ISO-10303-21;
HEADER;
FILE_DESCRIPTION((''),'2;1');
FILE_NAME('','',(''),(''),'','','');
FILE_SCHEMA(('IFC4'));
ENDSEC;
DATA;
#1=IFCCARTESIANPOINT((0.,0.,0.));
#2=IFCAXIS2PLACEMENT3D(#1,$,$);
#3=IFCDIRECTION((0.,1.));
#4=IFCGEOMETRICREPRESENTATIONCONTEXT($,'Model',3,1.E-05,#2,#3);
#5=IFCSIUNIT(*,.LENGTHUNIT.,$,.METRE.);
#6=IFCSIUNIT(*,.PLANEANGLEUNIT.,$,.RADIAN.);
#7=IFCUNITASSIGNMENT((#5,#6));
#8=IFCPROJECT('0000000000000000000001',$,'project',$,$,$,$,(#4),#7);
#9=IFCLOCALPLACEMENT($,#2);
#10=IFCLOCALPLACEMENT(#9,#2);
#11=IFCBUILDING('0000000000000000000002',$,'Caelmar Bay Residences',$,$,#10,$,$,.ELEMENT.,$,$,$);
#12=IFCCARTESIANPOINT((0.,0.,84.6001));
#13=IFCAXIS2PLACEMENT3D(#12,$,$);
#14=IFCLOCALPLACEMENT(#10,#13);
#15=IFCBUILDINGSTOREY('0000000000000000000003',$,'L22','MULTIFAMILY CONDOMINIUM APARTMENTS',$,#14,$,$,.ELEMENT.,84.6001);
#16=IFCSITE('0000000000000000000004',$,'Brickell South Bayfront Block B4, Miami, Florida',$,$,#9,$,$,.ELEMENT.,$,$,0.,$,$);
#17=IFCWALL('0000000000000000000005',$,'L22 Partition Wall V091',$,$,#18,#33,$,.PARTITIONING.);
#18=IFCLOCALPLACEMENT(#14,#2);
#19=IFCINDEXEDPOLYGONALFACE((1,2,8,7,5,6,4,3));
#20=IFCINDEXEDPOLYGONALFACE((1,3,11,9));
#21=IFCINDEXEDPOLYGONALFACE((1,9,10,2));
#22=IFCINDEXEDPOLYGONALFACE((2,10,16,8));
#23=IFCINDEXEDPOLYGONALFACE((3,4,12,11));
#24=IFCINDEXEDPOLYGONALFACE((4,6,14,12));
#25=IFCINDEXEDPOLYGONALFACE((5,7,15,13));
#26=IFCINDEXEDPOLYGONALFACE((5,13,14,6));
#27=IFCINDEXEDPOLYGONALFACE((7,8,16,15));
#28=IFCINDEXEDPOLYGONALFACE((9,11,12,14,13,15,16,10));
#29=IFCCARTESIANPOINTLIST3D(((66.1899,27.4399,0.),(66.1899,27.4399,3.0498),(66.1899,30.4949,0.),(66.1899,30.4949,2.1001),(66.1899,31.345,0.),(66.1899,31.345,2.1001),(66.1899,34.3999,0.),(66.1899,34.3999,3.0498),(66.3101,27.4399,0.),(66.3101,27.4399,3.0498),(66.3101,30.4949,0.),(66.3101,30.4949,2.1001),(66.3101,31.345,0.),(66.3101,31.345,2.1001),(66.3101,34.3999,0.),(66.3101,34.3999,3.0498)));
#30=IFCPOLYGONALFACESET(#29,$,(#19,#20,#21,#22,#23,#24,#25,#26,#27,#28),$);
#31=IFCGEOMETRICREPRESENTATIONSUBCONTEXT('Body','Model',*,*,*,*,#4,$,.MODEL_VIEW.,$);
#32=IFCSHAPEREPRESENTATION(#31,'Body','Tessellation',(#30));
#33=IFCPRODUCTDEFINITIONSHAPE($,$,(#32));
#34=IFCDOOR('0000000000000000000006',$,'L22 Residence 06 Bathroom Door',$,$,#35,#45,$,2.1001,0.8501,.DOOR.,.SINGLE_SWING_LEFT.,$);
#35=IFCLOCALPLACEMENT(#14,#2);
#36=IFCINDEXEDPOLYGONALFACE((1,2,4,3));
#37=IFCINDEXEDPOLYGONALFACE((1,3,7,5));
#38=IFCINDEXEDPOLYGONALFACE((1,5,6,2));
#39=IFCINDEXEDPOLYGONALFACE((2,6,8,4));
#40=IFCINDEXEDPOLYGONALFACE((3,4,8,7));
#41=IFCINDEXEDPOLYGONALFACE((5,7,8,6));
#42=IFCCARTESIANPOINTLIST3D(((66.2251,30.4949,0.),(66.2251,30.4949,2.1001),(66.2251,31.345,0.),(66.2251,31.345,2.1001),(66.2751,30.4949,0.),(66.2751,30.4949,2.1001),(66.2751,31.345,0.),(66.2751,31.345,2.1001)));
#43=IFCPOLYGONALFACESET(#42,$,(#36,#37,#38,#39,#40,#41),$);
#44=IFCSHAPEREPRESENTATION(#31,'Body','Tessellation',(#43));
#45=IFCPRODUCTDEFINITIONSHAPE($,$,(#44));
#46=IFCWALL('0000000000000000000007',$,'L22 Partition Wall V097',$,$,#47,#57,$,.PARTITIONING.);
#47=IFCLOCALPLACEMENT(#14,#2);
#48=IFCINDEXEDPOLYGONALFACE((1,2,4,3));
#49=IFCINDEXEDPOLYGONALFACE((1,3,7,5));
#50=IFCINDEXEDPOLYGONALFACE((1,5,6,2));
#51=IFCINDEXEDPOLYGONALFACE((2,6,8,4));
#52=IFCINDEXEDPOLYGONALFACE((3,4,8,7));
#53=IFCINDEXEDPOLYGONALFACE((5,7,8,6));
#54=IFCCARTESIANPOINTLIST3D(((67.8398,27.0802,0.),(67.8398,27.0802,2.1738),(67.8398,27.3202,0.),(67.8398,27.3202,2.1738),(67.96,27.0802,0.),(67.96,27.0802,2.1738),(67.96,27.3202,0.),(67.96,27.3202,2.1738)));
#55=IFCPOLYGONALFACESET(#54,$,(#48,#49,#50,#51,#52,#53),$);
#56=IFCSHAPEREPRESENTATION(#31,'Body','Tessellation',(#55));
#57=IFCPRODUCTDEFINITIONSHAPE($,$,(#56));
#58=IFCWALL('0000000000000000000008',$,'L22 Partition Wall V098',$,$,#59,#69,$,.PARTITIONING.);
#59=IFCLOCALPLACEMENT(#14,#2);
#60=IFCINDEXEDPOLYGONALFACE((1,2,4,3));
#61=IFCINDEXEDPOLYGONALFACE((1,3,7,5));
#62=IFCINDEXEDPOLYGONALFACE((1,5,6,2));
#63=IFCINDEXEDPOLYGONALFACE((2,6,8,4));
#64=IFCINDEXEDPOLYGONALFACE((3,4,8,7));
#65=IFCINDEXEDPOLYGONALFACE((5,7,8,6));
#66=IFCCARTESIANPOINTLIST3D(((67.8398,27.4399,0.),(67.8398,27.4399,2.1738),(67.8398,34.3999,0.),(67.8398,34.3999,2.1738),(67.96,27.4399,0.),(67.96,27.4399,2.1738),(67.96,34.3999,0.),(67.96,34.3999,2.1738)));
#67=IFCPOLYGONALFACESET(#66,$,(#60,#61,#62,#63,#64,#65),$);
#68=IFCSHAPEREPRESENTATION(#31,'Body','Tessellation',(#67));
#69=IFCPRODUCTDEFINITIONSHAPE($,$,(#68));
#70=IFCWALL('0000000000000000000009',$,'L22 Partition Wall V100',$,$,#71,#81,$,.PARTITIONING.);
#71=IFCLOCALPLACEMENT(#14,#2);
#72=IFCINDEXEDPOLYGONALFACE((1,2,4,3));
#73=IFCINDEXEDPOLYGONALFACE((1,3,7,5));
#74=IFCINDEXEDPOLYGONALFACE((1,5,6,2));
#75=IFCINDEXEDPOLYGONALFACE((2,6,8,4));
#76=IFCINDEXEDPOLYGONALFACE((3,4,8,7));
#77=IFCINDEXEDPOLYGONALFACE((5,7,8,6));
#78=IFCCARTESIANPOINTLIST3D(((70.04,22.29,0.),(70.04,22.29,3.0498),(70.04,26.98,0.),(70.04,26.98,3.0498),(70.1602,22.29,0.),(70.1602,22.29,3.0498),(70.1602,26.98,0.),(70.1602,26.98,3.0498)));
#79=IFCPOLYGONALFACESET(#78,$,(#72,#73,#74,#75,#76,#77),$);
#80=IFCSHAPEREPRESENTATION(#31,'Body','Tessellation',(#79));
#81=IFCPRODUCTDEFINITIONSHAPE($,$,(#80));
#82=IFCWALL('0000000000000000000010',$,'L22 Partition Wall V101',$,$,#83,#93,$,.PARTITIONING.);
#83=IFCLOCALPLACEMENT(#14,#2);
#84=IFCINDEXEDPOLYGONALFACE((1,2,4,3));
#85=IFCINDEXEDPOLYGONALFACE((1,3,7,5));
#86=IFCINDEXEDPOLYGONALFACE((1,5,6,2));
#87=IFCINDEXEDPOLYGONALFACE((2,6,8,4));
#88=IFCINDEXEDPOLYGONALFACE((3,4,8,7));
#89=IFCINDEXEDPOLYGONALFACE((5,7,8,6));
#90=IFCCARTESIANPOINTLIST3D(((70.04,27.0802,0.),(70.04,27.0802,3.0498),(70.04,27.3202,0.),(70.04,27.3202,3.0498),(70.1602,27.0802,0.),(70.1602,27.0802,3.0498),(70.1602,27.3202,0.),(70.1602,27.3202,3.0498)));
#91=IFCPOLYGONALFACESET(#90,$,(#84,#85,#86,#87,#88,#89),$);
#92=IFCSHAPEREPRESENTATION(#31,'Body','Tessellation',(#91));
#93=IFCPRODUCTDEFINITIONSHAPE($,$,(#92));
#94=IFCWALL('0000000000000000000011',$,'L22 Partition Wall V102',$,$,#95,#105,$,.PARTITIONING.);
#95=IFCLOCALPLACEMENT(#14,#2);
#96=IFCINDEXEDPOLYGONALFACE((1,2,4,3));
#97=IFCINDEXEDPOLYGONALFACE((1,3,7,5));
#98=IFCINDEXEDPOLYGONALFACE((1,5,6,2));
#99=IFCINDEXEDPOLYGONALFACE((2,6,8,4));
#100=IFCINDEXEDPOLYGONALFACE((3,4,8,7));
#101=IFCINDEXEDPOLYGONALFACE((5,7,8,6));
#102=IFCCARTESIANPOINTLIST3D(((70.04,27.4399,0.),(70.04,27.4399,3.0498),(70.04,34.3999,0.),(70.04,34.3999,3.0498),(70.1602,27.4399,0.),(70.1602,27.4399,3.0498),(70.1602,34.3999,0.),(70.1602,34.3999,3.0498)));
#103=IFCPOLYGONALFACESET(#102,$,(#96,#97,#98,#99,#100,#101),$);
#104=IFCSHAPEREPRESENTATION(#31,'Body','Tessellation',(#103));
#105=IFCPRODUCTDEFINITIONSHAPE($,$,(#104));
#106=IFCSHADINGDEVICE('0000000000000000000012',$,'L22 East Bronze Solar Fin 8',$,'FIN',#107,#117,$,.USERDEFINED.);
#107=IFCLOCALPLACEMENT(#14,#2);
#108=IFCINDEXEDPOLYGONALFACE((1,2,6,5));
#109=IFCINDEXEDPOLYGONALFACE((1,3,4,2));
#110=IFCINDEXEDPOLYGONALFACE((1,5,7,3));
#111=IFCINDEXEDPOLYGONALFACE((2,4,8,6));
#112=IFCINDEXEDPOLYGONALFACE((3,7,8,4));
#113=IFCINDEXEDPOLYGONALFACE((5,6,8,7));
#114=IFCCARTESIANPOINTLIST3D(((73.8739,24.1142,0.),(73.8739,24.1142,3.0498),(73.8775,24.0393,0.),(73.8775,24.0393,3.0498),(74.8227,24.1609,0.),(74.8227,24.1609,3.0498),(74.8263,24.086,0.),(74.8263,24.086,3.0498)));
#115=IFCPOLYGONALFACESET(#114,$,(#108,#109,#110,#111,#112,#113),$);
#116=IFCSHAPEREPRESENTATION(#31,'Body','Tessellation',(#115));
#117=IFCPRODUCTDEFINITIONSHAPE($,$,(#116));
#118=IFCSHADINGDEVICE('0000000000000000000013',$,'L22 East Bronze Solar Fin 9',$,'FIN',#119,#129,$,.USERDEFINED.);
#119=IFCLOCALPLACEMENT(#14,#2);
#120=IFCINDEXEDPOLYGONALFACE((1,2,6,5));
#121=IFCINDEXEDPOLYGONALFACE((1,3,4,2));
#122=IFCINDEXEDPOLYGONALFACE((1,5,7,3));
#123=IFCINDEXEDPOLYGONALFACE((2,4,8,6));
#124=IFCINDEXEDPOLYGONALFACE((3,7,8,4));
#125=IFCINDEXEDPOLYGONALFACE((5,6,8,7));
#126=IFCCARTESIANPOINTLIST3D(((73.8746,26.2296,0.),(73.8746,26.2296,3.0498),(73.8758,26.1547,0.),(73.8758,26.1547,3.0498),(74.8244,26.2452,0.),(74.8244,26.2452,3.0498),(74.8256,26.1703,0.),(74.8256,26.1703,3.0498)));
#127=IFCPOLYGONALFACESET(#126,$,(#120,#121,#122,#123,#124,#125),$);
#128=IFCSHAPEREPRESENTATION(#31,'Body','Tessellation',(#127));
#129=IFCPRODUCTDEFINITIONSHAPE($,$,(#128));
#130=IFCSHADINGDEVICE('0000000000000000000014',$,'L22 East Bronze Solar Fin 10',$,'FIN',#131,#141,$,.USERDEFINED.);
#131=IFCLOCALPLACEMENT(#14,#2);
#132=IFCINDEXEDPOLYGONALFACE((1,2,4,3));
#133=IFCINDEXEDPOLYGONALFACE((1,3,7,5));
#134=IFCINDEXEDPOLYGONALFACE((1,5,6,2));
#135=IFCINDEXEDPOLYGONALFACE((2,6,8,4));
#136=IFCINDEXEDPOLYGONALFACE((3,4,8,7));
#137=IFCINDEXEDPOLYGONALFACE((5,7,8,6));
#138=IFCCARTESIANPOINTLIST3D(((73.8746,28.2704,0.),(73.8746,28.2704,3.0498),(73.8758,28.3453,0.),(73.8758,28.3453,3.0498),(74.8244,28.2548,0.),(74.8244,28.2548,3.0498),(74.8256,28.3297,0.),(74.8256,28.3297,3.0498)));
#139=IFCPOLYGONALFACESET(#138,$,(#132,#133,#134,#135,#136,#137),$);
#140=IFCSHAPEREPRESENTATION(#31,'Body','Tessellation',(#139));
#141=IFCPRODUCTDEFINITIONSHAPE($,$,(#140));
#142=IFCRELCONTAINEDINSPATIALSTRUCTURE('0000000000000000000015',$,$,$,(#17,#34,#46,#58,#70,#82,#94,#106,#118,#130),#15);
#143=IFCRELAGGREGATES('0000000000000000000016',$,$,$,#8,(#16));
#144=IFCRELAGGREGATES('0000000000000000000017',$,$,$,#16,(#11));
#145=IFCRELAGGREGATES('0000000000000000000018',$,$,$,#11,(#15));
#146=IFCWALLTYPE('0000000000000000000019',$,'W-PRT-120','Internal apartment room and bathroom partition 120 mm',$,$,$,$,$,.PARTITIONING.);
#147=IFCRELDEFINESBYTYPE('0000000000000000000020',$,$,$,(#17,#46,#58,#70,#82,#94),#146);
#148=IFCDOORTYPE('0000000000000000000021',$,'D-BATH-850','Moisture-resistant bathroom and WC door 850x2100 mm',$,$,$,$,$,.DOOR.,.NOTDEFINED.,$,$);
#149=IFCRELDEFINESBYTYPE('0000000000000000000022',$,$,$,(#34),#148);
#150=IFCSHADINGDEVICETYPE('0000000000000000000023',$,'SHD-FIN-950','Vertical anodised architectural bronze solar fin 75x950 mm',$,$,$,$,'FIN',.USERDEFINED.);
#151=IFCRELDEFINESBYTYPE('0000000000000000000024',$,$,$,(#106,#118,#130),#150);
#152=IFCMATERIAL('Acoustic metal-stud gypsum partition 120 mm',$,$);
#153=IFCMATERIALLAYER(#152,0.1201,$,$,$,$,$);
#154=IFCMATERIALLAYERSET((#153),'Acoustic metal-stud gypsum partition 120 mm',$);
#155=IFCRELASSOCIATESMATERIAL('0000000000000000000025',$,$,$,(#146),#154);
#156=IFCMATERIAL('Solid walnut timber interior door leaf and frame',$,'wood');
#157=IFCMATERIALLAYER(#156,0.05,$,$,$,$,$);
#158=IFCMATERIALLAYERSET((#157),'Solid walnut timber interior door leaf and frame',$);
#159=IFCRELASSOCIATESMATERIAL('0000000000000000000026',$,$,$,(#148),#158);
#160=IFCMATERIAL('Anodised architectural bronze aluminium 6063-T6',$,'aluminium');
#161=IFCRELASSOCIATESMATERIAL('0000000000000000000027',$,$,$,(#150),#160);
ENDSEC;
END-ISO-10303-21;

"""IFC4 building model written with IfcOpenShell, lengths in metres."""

from ifc_helpers import new_model, si_unit, direction, frame, frame_2d, origin, origin_2d, place, context, subcontext, project, spatial, rectangle, extrude, material, layer, layer_set, material_profile, profile_set, type_object, element, fill, save


model = new_model("IFC4")

# Units and contexts
model_context = context("Model", 3, precision=1e-05, world=origin(), true_north=direction((0.0, 1.0)))
body_context = subcontext(model_context, "Body", "Model", "MODEL_VIEW")
ifc_project = project(units=[si_unit("LENGTHUNIT", "METRE"), si_unit("PLANEANGLEUNIT", "RADIAN")], contexts=[model_context])

# Site, building, storey
site_placement = place(None, origin())
site = spatial("IfcSite", under=ifc_project, at=site_placement, Name="Brickell South Bayfront Block B4, Miami, Florida", CompositionType="ELEMENT", RefElevation=0.0)
building_placement = place(site_placement, origin())
building = spatial("IfcBuilding", under=site, at=building_placement, Name="Caelmar Bay Residences", CompositionType="ELEMENT")
storey_placement = place(building_placement, frame((0.0, 0.0, 84.6001)))
storey = spatial("IfcBuildingStorey", under=building, at=storey_placement, Name="L22", Description="MULTIFAMILY CONDOMINIUM APARTMENTS", CompositionType="ELEMENT", Elevation=84.6001)

# Shared definitions
ifc_material_1 = material(Name="Solid walnut timber interior door leaf and frame", Category="wood")
ifc_material_2 = material(Name="Acoustic metal-stud gypsum partition 120 mm")
ifc_layer_1 = layer(ifc_material_2, 0.1201)
ifc_layer_set_1 = layer_set([ifc_layer_1], Name="Acoustic metal-stud gypsum partition 120 mm")
wall_type_1 = type_object("IfcWallType", Name="W-PRT-120", Description="Internal apartment room and bathroom partition 120 mm", PredefinedType="PARTITIONING", material=ifc_layer_set_1)

# Wall, opening, door
wall_1_placement = place(storey_placement, frame((66.25, 27.4399, 0.0), z_axis=(0.0, 0.0, 1.0), x_axis=(0.0, 1.0, 0.0)))
wall_1 = element("IfcWall", 1, at=wall_1_placement, inside=storey, type_object=wall_type_1, Name="L22 Partition Wall V091", PredefinedType="PARTITIONING", context=body_context, shape_type="SweptSolid", body=[
    extrude(rectangle(XDim=6.96, YDim=0.1201, at=frame_2d((3.48, 0.0))), origin(), (0.0, 0.0, 1.0), 3.0498),
])
opening_1_placement = place(wall_1_placement, frame((3.0549, 0.0, 0.0)))
opening_1 = element("IfcOpeningElement", 2, at=opening_1_placement, cuts=wall_1, PredefinedType="OPENING", context=body_context, shape_type="SweptSolid", body=[
    extrude(rectangle(XDim=0.8501, YDim=2.1001, at=frame_2d((0.425, 1.05))), frame((0.0, 0.0701, 0.0), z_axis=(0.0, -1.0, 0.0), x_axis=(1.0, 0.0, 0.0)), (0.0, 0.0, 1.0), 0.1401),
])
ifc_layer_2 = layer(ifc_material_1, 0.05)
ifc_layer_set_2 = layer_set([ifc_layer_2], Name="Solid walnut timber interior door leaf and frame")
door_type_1 = type_object("IfcDoorType", Name="D-BATH-850", Description="Moisture-resistant bathroom and WC door 850x2100 mm", OperationType="NOTDEFINED", PredefinedType="DOOR", material=ifc_layer_set_2)
door_1_placement = place(opening_1_placement, origin())
door_1 = element("IfcDoor", 3, at=door_1_placement, inside=storey, type_object=door_type_1, Name="L22 Residence 06 Bathroom Door", OperationType="SINGLE_SWING_LEFT", OverallHeight=2.1001, OverallWidth=0.8501, PredefinedType="DOOR", context=body_context, shape_type="SweptSolid", body=[
    extrude(rectangle(XDim=0.8501, YDim=2.1001, at=frame_2d((0.425, 1.05))), frame((0.0, 0.0249, 0.0), z_axis=(0.0, -1.0, 0.0), x_axis=(1.0, 0.0, 0.0)), (0.0, 0.0, 1.0), 0.05),
])
fill(opening_1, door_1)

# Walls
wall_2_placement = place(storey_placement, frame((67.8999, 27.0801, 0.0), z_axis=(0.0, 0.0, 1.0), x_axis=(0.0, 1.0, 0.0)))
element("IfcWall", 4, at=wall_2_placement, inside=storey, type_object=wall_type_1, Name="L22 Partition Wall V097", PredefinedType="PARTITIONING", context=body_context, shape_type="SweptSolid", body=[
    extrude(rectangle(XDim=0.24, YDim=0.1201, at=frame_2d((0.1201, 0.0))), origin(), (0.0, 0.0, 1.0), 2.1738),
])
wall_3_placement = place(storey_placement, frame((67.8999, 27.4399, 0.0), z_axis=(0.0, 0.0, 1.0), x_axis=(0.0, 1.0, 0.0)))
element("IfcWall", 5, at=wall_3_placement, inside=storey, type_object=wall_type_1, Name="L22 Partition Wall V098", PredefinedType="PARTITIONING", context=body_context, shape_type="SweptSolid", body=[
    extrude(rectangle(XDim=6.96, YDim=0.1201, at=frame_2d((3.48, 0.0))), origin(), (0.0, 0.0, 1.0), 2.1738),
])
wall_4_placement = place(storey_placement, frame((70.1001, 22.29, 0.0), z_axis=(0.0, 0.0, 1.0), x_axis=(0.0, 1.0, 0.0)))
element("IfcWall", 6, at=wall_4_placement, inside=storey, type_object=wall_type_1, Name="L22 Partition Wall V100", PredefinedType="PARTITIONING", context=body_context, shape_type="SweptSolid", body=[
    extrude(rectangle(XDim=4.6899, YDim=0.1201, at=frame_2d((2.345, 0.0))), origin(), (0.0, 0.0, 1.0), 3.0498),
])
wall_5_placement = place(storey_placement, frame((70.1001, 27.0801, 0.0), z_axis=(0.0, 0.0, 1.0), x_axis=(0.0, 1.0, 0.0)))
element("IfcWall", 7, at=wall_5_placement, inside=storey, type_object=wall_type_1, Name="L22 Partition Wall V101", PredefinedType="PARTITIONING", context=body_context, shape_type="SweptSolid", body=[
    extrude(rectangle(XDim=0.24, YDim=0.1201, at=frame_2d((0.1201, 0.0))), origin(), (0.0, 0.0, 1.0), 3.0498),
])
wall_6_placement = place(storey_placement, frame((70.1001, 27.4399, 0.0), z_axis=(0.0, 0.0, 1.0), x_axis=(0.0, 1.0, 0.0)))
element("IfcWall", 8, at=wall_6_placement, inside=storey, type_object=wall_type_1, Name="L22 Partition Wall V102", PredefinedType="PARTITIONING", context=body_context, shape_type="SweptSolid", body=[
    extrude(rectangle(XDim=6.96, YDim=0.1201, at=frame_2d((3.48, 0.0))), origin(), (0.0, 0.0, 1.0), 3.0498),
])

# Shading devices
ifc_material_3 = material(Name="Anodised architectural bronze aluminium 6063-T6", Category="aluminium")
ifc_material_profile_1 = material_profile(ifc_material_3, rectangle(XDim=0.075, YDim=0.95, at=origin_2d()), Name="BRONZE-FIN-75X950")
ifc_profile_set_1 = profile_set([ifc_material_profile_1], Name="Anodised architectural bronze aluminium 6063-T6")
shading_device_type = type_object("IfcShadingDeviceType", Name="SHD-FIN-950", Description="Vertical anodised architectural bronze solar fin 75x950 mm", ElementType="FIN", PredefinedType="USERDEFINED", material=ifc_profile_set_1)
for number, where, z_axis, x_axis, name in (
    (9, (74.3501, 24.1001, 0.0), (0.0, 0.0, 1.0), (-0.049198, 0.998789, 0.0), "L22 East Bronze Solar Fin 8"),
    (10, (74.3501, 26.2, 0.0), (0.0, 0.0, 1.0), (-0.016405, 0.999865, 0.0), "L22 East Bronze Solar Fin 9"),
    (11, (74.3501, 28.3, 0.0), (0.0, 0.0, 1.0), (0.016405, 0.999865, 0.0), "L22 East Bronze Solar Fin 10"),
):
    element("IfcShadingDevice", number, at=place(storey_placement, frame(where, z_axis=z_axis, x_axis=x_axis)), inside=storey, type_object=shading_device_type, Name=name, ObjectType="FIN", PredefinedType="USERDEFINED", context=body_context, shape_type="SweptSolid", body=[
        extrude(rectangle(XDim=0.075, YDim=0.95, at=origin_2d()), origin(), (0.0, 0.0, 1.0), 3.0498),
    ])

save(model, "model.ifc")
